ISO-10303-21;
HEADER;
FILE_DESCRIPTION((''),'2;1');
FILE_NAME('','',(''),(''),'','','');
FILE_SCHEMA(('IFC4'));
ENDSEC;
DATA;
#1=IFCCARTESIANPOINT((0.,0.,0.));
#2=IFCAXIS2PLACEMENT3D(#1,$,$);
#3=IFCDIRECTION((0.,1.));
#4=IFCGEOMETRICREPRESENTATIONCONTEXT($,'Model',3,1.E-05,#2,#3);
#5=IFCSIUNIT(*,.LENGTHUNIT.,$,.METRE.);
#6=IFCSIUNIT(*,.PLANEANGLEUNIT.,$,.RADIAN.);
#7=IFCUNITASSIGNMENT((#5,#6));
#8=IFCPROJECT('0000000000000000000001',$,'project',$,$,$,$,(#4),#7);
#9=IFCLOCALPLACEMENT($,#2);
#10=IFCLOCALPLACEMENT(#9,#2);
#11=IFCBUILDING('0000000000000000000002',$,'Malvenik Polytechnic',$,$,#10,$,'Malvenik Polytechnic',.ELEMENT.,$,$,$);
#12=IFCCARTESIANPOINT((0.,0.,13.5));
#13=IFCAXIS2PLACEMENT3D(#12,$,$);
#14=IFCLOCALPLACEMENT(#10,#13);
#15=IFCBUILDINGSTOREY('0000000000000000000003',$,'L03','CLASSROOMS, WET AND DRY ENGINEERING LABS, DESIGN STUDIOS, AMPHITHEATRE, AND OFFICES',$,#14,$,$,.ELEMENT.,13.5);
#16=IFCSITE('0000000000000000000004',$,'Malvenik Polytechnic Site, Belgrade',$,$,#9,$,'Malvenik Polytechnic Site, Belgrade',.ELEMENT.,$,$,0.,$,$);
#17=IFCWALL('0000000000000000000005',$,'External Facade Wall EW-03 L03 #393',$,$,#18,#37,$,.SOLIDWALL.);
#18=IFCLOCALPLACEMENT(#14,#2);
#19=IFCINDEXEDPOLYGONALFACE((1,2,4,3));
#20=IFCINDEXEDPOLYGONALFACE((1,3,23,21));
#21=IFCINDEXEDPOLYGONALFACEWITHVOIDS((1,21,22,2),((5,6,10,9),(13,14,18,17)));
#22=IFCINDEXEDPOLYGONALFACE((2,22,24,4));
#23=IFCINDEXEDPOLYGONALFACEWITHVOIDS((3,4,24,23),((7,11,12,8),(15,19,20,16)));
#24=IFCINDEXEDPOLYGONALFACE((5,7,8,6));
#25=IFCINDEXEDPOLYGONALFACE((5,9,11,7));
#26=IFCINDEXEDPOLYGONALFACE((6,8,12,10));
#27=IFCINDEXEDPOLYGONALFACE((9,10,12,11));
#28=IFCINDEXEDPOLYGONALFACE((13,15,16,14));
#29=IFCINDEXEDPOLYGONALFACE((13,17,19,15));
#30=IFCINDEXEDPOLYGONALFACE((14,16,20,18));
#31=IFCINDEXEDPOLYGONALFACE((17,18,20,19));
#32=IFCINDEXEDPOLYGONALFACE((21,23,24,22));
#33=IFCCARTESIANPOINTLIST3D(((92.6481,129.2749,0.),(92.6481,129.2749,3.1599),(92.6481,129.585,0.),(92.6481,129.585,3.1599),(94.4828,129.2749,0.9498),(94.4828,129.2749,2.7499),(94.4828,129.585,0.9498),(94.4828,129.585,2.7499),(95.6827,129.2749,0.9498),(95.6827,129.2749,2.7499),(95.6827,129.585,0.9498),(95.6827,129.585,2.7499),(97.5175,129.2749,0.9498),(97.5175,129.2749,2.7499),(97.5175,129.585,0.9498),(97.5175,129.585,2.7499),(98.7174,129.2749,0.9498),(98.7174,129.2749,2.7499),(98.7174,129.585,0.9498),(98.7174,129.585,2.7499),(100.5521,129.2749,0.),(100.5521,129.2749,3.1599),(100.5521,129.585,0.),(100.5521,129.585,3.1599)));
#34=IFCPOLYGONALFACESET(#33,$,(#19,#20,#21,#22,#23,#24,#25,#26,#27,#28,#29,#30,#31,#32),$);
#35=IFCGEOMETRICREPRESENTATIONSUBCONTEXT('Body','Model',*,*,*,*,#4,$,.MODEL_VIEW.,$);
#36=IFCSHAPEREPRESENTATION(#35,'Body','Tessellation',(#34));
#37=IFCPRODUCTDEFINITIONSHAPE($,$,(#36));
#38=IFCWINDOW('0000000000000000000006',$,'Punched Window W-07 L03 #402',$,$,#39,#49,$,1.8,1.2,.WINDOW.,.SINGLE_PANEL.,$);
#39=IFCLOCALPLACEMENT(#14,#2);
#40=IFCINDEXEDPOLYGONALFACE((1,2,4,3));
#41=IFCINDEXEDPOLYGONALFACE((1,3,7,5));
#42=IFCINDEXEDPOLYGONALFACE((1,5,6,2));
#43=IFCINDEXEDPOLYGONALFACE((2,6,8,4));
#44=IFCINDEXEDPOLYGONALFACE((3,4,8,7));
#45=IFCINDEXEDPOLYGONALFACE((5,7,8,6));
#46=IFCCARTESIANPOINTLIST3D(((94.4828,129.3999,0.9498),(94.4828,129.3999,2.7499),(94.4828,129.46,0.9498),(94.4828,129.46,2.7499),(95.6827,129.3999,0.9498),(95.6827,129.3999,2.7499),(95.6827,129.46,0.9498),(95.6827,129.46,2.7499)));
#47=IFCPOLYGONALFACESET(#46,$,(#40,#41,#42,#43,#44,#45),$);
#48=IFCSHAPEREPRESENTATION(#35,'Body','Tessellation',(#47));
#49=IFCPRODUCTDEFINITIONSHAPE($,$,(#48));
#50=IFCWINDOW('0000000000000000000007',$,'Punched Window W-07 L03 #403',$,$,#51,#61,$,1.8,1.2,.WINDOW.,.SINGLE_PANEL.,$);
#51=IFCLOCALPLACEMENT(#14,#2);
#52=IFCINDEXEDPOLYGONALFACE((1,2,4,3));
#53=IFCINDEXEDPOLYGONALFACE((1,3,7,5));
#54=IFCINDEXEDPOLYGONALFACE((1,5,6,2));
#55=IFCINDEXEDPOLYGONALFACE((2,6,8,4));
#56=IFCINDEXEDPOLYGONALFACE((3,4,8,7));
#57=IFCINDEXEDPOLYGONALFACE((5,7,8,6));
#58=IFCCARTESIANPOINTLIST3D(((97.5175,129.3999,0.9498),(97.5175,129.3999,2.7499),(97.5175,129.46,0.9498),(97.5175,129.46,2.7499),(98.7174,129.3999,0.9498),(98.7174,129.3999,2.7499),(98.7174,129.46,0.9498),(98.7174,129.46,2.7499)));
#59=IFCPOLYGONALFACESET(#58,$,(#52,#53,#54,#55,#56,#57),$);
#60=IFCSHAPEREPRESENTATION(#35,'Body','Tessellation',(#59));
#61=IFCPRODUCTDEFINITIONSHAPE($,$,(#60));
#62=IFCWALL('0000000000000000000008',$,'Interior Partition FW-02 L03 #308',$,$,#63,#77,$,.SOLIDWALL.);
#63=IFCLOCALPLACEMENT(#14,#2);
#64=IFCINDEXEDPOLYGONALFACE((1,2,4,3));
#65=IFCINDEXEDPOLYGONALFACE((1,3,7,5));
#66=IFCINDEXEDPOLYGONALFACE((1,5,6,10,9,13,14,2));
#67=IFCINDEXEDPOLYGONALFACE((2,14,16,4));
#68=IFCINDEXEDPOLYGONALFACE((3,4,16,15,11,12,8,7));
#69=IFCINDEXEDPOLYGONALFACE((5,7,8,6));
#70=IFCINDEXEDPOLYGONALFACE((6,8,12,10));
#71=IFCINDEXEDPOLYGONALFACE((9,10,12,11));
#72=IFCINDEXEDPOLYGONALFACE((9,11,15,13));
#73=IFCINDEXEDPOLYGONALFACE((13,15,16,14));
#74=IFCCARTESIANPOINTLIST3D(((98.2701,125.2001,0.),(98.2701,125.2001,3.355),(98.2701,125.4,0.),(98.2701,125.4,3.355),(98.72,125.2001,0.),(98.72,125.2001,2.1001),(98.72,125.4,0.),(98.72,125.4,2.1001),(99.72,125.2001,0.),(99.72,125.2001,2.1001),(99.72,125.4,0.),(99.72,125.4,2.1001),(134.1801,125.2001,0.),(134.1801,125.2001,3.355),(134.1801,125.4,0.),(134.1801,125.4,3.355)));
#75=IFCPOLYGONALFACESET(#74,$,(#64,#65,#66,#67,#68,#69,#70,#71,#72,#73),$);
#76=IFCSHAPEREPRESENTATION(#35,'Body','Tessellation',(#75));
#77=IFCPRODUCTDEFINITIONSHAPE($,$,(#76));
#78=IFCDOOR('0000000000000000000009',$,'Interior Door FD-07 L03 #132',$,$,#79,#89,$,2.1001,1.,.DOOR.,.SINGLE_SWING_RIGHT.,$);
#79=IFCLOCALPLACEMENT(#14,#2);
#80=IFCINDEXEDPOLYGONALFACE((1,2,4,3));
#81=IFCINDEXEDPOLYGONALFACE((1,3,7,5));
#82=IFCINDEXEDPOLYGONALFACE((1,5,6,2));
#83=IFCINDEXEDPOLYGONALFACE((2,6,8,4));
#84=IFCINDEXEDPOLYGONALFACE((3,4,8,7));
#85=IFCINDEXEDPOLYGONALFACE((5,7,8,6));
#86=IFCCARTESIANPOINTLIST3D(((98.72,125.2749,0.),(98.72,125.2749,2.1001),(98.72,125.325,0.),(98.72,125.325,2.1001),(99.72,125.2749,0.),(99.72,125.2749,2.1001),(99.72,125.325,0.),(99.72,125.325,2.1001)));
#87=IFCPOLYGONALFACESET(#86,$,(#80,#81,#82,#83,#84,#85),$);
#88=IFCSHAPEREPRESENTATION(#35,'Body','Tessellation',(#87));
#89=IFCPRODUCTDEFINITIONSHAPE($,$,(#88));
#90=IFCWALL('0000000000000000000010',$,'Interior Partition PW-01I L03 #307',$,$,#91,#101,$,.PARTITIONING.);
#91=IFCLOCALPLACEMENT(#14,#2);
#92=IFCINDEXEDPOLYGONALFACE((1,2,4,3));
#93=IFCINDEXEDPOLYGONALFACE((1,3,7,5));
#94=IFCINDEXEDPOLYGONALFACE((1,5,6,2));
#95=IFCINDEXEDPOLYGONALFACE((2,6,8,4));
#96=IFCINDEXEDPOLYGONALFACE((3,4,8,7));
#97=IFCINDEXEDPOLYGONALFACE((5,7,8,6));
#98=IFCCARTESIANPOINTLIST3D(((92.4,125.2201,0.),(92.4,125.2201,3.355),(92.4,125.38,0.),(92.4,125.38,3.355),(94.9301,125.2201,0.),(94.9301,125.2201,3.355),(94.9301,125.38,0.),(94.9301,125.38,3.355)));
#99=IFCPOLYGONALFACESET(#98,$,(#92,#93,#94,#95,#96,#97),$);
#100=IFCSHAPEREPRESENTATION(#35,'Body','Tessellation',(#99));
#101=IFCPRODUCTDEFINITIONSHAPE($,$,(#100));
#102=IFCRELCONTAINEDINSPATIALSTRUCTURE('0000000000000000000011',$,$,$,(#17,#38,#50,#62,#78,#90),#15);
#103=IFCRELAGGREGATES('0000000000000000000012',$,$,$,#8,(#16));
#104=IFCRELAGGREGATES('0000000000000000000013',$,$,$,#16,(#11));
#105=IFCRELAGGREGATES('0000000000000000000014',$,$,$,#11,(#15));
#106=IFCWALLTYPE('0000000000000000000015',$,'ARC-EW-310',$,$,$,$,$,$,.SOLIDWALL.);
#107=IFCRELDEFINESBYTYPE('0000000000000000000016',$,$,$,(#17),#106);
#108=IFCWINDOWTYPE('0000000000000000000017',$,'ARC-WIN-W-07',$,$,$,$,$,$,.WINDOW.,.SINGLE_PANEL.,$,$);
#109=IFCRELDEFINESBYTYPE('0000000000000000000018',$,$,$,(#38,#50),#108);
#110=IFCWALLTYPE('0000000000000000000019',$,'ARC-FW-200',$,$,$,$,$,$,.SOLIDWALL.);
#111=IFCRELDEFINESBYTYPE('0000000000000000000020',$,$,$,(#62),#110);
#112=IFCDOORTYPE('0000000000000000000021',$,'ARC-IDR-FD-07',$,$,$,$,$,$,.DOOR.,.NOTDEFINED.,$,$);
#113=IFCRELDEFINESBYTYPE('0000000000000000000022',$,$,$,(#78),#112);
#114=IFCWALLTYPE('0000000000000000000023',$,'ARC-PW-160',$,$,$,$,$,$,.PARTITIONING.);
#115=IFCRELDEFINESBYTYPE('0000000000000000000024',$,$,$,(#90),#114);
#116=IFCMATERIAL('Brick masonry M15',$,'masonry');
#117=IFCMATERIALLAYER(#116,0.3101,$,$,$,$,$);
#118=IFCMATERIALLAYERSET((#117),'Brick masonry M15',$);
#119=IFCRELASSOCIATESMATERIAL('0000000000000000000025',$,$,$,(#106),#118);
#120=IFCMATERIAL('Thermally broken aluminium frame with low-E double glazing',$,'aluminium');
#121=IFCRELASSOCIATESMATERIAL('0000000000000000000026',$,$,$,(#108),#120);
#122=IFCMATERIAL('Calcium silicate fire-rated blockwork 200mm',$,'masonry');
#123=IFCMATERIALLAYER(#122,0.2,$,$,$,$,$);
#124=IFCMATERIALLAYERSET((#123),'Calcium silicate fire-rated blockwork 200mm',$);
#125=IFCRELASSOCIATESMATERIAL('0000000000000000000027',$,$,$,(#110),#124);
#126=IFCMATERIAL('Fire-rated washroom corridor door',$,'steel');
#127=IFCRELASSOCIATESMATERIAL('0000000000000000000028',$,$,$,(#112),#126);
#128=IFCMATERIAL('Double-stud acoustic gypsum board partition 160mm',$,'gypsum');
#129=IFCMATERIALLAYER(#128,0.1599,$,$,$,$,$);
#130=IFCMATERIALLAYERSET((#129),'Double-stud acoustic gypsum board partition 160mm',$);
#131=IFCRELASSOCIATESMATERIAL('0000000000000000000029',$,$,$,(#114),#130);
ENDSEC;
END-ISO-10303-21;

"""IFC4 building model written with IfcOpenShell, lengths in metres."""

from ifc_helpers import new_model, si_unit, direction, frame, frame_2d, origin, place, context, subcontext, project, spatial, rectangle, extrude, material, layer, layer_set, type_object, element, fill, save


model = new_model("IFC4")

# Units and contexts
model_context = context("Model", 3, precision=1e-05, world=origin(), true_north=direction((0.0, 1.0)))
body_context = subcontext(model_context, "Body", "Model", "MODEL_VIEW")
ifc_project = project(units=[si_unit("LENGTHUNIT", "METRE"), si_unit("PLANEANGLEUNIT", "RADIAN")], contexts=[model_context])

# Site, building, storey
site_placement = place(None, origin())
site = spatial("IfcSite", under=ifc_project, at=site_placement, Name="Malvenik Polytechnic Site, Belgrade", LongName="Malvenik Polytechnic Site, Belgrade", CompositionType="ELEMENT", RefElevation=0.0)
building_placement = place(site_placement, origin())
building = spatial("IfcBuilding", under=site, at=building_placement, Name="Malvenik Polytechnic", LongName="Malvenik Polytechnic", CompositionType="ELEMENT")
storey_placement = place(building_placement, frame((0.0, 0.0, 13.5)))
storey = spatial("IfcBuildingStorey", under=building, at=storey_placement, Name="L03", Description="CLASSROOMS, WET AND DRY ENGINEERING LABS, DESIGN STUDIOS, AMPHITHEATRE, AND OFFICES", CompositionType="ELEMENT", Elevation=13.5)

# Wall, openings, windows
ifc_material_1 = material(Name="Brick masonry M15", Category="masonry")
ifc_layer_1 = layer(ifc_material_1, 0.3101)
ifc_layer_set_1 = layer_set([ifc_layer_1], Name="Brick masonry M15")
wall_type_1 = type_object("IfcWallType", Name="ARC-EW-310", PredefinedType="SOLIDWALL", material=ifc_layer_set_1)
wall_1_placement = place(storey_placement, frame((92.6479, 129.4299, 0.0), z_axis=(0.0, 0.0, 1.0), x_axis=(1.0, 0.0, 0.0)))
wall_1 = element("IfcWall", 1, at=wall_1_placement, inside=storey, type_object=wall_type_1, Name="External Facade Wall EW-03 L03 #393", PredefinedType="SOLIDWALL", context=body_context, shape_type="SweptSolid", body=[
    extrude(rectangle(XDim=7.9041, YDim=0.3101, at=frame_2d((3.9521, 0.0))), origin(), (0.0, 0.0, 1.0), 3.1599),
])
opening_1_placement = place(wall_1_placement, frame((1.8347, 0.0, 0.95)))
opening_1 = element("IfcOpeningElement", 2, at=opening_1_placement, cuts=wall_1, PredefinedType="OPENING", context=body_context, shape_type="SweptSolid", body=[
    extrude(rectangle(XDim=1.2, YDim=1.8, at=frame_2d((0.6001, 0.8999))), frame((0.0, 0.165, 0.0), z_axis=(0.0, -1.0, 0.0), x_axis=(1.0, 0.0, 0.0)), (0.0, 0.0, 1.0), 0.3301),
])
opening_2_placement = place(wall_1_placement, frame((4.8694, 0.0, 0.95)))
opening_2 = element("IfcOpeningElement", 3, at=opening_2_placement, cuts=wall_1, PredefinedType="OPENING", context=body_context, shape_type="SweptSolid", body=[
    extrude(rectangle(XDim=1.2, YDim=1.8, at=frame_2d((0.6001, 0.8999))), frame((0.0, 0.165, 0.0), z_axis=(0.0, -1.0, 0.0), x_axis=(1.0, 0.0, 0.0)), (0.0, 0.0, 1.0), 0.3301),
])
ifc_material_2 = material(Name="Thermally broken aluminium frame with low-E double glazing", Category="aluminium")
window_type = type_object("IfcWindowType", Name="ARC-WIN-W-07", PartitioningType="SINGLE_PANEL", PredefinedType="WINDOW", material=ifc_material_2)
window_1_placement = place(opening_1_placement, origin())
window_1 = element("IfcWindow", 4, at=window_1_placement, inside=storey, type_object=window_type, Name="Punched Window W-07 L03 #402", OverallHeight=1.8, OverallWidth=1.2, PartitioningType="SINGLE_PANEL", PredefinedType="WINDOW", context=body_context, shape_type="SweptSolid", body=[
    extrude(rectangle(XDim=1.2, YDim=1.8, at=frame_2d((0.6001, 0.8999))), frame((0.0, 0.03, 0.0), z_axis=(0.0, -1.0, 0.0), x_axis=(1.0, 0.0, 0.0)), (0.0, 0.0, 1.0), 0.0601),
])
fill(opening_1, window_1)
window_2_placement = place(opening_2_placement, origin())
window_2 = element("IfcWindow", 5, at=window_2_placement, inside=storey, type_object=window_type, Name="Punched Window W-07 L03 #403", OverallHeight=1.8, OverallWidth=1.2, PartitioningType="SINGLE_PANEL", PredefinedType="WINDOW", context=body_context, shape_type="SweptSolid", body=[
    extrude(rectangle(XDim=1.2, YDim=1.8, at=frame_2d((0.6001, 0.8999))), frame((0.0, 0.03, 0.0), z_axis=(0.0, -1.0, 0.0), x_axis=(1.0, 0.0, 0.0)), (0.0, 0.0, 1.0), 0.0601),
])
fill(opening_2, window_2)

# Wall, opening, door
ifc_material_3 = material(Name="Calcium silicate fire-rated blockwork 200mm", Category="masonry")
ifc_layer_2 = layer(ifc_material_3, 0.2)
ifc_layer_set_2 = layer_set([ifc_layer_2], Name="Calcium silicate fire-rated blockwork 200mm")
wall_type_2 = type_object("IfcWallType", Name="ARC-FW-200", PredefinedType="SOLIDWALL", material=ifc_layer_set_2)
wall_2_placement = place(storey_placement, frame((98.27, 125.3, 0.0), z_axis=(0.0, 0.0, 1.0), x_axis=(1.0, 0.0, 0.0)))
wall_2 = element("IfcWall", 6, at=wall_2_placement, inside=storey, type_object=wall_type_2, Name="Interior Partition FW-02 L03 #308", PredefinedType="SOLIDWALL", context=body_context, shape_type="SweptSolid", body=[
    extrude(rectangle(XDim=35.9099, YDim=0.2, at=frame_2d((17.9551, 0.0))), origin(), (0.0, 0.0, 1.0), 3.355),
])
opening_3_placement = place(wall_2_placement, frame((0.45, 0.0, 0.0)))
opening_3 = element("IfcOpeningElement", 7, at=opening_3_placement, cuts=wall_2, PredefinedType="OPENING", context=body_context, shape_type="SweptSolid", body=[
    extrude(rectangle(XDim=1.0, YDim=2.1001, at=frame_2d((0.5, 1.05))), frame((0.0, 0.1099, 0.0), z_axis=(0.0, -1.0, 0.0), x_axis=(1.0, 0.0, 0.0)), (0.0, 0.0, 1.0), 0.22),
])
ifc_material_4 = material(Name="Fire-rated washroom corridor door", Category="steel")
door_type_1 = type_object("IfcDoorType", Name="ARC-IDR-FD-07", OperationType="NOTDEFINED", PredefinedType="DOOR", material=ifc_material_4)
door_1_placement = place(opening_3_placement, origin())
door_1 = element("IfcDoor", 8, at=door_1_placement, inside=storey, type_object=door_type_1, Name="Interior Door FD-07 L03 #132", OperationType="SINGLE_SWING_RIGHT", OverallHeight=2.1001, OverallWidth=1.0, PredefinedType="DOOR", context=body_context, shape_type="SweptSolid", body=[
    extrude(rectangle(XDim=1.0, YDim=2.1001, at=frame_2d((0.5, 1.05))), frame((0.0, 0.0249, 0.0), z_axis=(0.0, -1.0, 0.0), x_axis=(1.0, 0.0, 0.0)), (0.0, 0.0, 1.0), 0.05),
])
fill(opening_3, door_1)

# Wall
ifc_material_5 = material(Name="Double-stud acoustic gypsum board partition 160mm", Category="gypsum")
ifc_layer_3 = layer(ifc_material_5, 0.1599)
ifc_layer_set_3 = layer_set([ifc_layer_3], Name="Double-stud acoustic gypsum board partition 160mm")
wall_type_3 = type_object("IfcWallType", Name="ARC-PW-160", PredefinedType="PARTITIONING", material=ifc_layer_set_3)
wall_3_placement = place(storey_placement, frame((92.3999, 125.3, 0.0), z_axis=(0.0, 0.0, 1.0), x_axis=(1.0, 0.0, 0.0)))
element("IfcWall", 9, at=wall_3_placement, inside=storey, type_object=wall_type_3, Name="Interior Partition PW-01I L03 #307", PredefinedType="PARTITIONING", context=body_context, shape_type="SweptSolid", body=[
    extrude(rectangle(XDim=2.53, YDim=0.1599, at=frame_2d((1.2651, 0.0))), origin(), (0.0, 0.0, 1.0), 3.355),
])

save(model, "model.ifc")
